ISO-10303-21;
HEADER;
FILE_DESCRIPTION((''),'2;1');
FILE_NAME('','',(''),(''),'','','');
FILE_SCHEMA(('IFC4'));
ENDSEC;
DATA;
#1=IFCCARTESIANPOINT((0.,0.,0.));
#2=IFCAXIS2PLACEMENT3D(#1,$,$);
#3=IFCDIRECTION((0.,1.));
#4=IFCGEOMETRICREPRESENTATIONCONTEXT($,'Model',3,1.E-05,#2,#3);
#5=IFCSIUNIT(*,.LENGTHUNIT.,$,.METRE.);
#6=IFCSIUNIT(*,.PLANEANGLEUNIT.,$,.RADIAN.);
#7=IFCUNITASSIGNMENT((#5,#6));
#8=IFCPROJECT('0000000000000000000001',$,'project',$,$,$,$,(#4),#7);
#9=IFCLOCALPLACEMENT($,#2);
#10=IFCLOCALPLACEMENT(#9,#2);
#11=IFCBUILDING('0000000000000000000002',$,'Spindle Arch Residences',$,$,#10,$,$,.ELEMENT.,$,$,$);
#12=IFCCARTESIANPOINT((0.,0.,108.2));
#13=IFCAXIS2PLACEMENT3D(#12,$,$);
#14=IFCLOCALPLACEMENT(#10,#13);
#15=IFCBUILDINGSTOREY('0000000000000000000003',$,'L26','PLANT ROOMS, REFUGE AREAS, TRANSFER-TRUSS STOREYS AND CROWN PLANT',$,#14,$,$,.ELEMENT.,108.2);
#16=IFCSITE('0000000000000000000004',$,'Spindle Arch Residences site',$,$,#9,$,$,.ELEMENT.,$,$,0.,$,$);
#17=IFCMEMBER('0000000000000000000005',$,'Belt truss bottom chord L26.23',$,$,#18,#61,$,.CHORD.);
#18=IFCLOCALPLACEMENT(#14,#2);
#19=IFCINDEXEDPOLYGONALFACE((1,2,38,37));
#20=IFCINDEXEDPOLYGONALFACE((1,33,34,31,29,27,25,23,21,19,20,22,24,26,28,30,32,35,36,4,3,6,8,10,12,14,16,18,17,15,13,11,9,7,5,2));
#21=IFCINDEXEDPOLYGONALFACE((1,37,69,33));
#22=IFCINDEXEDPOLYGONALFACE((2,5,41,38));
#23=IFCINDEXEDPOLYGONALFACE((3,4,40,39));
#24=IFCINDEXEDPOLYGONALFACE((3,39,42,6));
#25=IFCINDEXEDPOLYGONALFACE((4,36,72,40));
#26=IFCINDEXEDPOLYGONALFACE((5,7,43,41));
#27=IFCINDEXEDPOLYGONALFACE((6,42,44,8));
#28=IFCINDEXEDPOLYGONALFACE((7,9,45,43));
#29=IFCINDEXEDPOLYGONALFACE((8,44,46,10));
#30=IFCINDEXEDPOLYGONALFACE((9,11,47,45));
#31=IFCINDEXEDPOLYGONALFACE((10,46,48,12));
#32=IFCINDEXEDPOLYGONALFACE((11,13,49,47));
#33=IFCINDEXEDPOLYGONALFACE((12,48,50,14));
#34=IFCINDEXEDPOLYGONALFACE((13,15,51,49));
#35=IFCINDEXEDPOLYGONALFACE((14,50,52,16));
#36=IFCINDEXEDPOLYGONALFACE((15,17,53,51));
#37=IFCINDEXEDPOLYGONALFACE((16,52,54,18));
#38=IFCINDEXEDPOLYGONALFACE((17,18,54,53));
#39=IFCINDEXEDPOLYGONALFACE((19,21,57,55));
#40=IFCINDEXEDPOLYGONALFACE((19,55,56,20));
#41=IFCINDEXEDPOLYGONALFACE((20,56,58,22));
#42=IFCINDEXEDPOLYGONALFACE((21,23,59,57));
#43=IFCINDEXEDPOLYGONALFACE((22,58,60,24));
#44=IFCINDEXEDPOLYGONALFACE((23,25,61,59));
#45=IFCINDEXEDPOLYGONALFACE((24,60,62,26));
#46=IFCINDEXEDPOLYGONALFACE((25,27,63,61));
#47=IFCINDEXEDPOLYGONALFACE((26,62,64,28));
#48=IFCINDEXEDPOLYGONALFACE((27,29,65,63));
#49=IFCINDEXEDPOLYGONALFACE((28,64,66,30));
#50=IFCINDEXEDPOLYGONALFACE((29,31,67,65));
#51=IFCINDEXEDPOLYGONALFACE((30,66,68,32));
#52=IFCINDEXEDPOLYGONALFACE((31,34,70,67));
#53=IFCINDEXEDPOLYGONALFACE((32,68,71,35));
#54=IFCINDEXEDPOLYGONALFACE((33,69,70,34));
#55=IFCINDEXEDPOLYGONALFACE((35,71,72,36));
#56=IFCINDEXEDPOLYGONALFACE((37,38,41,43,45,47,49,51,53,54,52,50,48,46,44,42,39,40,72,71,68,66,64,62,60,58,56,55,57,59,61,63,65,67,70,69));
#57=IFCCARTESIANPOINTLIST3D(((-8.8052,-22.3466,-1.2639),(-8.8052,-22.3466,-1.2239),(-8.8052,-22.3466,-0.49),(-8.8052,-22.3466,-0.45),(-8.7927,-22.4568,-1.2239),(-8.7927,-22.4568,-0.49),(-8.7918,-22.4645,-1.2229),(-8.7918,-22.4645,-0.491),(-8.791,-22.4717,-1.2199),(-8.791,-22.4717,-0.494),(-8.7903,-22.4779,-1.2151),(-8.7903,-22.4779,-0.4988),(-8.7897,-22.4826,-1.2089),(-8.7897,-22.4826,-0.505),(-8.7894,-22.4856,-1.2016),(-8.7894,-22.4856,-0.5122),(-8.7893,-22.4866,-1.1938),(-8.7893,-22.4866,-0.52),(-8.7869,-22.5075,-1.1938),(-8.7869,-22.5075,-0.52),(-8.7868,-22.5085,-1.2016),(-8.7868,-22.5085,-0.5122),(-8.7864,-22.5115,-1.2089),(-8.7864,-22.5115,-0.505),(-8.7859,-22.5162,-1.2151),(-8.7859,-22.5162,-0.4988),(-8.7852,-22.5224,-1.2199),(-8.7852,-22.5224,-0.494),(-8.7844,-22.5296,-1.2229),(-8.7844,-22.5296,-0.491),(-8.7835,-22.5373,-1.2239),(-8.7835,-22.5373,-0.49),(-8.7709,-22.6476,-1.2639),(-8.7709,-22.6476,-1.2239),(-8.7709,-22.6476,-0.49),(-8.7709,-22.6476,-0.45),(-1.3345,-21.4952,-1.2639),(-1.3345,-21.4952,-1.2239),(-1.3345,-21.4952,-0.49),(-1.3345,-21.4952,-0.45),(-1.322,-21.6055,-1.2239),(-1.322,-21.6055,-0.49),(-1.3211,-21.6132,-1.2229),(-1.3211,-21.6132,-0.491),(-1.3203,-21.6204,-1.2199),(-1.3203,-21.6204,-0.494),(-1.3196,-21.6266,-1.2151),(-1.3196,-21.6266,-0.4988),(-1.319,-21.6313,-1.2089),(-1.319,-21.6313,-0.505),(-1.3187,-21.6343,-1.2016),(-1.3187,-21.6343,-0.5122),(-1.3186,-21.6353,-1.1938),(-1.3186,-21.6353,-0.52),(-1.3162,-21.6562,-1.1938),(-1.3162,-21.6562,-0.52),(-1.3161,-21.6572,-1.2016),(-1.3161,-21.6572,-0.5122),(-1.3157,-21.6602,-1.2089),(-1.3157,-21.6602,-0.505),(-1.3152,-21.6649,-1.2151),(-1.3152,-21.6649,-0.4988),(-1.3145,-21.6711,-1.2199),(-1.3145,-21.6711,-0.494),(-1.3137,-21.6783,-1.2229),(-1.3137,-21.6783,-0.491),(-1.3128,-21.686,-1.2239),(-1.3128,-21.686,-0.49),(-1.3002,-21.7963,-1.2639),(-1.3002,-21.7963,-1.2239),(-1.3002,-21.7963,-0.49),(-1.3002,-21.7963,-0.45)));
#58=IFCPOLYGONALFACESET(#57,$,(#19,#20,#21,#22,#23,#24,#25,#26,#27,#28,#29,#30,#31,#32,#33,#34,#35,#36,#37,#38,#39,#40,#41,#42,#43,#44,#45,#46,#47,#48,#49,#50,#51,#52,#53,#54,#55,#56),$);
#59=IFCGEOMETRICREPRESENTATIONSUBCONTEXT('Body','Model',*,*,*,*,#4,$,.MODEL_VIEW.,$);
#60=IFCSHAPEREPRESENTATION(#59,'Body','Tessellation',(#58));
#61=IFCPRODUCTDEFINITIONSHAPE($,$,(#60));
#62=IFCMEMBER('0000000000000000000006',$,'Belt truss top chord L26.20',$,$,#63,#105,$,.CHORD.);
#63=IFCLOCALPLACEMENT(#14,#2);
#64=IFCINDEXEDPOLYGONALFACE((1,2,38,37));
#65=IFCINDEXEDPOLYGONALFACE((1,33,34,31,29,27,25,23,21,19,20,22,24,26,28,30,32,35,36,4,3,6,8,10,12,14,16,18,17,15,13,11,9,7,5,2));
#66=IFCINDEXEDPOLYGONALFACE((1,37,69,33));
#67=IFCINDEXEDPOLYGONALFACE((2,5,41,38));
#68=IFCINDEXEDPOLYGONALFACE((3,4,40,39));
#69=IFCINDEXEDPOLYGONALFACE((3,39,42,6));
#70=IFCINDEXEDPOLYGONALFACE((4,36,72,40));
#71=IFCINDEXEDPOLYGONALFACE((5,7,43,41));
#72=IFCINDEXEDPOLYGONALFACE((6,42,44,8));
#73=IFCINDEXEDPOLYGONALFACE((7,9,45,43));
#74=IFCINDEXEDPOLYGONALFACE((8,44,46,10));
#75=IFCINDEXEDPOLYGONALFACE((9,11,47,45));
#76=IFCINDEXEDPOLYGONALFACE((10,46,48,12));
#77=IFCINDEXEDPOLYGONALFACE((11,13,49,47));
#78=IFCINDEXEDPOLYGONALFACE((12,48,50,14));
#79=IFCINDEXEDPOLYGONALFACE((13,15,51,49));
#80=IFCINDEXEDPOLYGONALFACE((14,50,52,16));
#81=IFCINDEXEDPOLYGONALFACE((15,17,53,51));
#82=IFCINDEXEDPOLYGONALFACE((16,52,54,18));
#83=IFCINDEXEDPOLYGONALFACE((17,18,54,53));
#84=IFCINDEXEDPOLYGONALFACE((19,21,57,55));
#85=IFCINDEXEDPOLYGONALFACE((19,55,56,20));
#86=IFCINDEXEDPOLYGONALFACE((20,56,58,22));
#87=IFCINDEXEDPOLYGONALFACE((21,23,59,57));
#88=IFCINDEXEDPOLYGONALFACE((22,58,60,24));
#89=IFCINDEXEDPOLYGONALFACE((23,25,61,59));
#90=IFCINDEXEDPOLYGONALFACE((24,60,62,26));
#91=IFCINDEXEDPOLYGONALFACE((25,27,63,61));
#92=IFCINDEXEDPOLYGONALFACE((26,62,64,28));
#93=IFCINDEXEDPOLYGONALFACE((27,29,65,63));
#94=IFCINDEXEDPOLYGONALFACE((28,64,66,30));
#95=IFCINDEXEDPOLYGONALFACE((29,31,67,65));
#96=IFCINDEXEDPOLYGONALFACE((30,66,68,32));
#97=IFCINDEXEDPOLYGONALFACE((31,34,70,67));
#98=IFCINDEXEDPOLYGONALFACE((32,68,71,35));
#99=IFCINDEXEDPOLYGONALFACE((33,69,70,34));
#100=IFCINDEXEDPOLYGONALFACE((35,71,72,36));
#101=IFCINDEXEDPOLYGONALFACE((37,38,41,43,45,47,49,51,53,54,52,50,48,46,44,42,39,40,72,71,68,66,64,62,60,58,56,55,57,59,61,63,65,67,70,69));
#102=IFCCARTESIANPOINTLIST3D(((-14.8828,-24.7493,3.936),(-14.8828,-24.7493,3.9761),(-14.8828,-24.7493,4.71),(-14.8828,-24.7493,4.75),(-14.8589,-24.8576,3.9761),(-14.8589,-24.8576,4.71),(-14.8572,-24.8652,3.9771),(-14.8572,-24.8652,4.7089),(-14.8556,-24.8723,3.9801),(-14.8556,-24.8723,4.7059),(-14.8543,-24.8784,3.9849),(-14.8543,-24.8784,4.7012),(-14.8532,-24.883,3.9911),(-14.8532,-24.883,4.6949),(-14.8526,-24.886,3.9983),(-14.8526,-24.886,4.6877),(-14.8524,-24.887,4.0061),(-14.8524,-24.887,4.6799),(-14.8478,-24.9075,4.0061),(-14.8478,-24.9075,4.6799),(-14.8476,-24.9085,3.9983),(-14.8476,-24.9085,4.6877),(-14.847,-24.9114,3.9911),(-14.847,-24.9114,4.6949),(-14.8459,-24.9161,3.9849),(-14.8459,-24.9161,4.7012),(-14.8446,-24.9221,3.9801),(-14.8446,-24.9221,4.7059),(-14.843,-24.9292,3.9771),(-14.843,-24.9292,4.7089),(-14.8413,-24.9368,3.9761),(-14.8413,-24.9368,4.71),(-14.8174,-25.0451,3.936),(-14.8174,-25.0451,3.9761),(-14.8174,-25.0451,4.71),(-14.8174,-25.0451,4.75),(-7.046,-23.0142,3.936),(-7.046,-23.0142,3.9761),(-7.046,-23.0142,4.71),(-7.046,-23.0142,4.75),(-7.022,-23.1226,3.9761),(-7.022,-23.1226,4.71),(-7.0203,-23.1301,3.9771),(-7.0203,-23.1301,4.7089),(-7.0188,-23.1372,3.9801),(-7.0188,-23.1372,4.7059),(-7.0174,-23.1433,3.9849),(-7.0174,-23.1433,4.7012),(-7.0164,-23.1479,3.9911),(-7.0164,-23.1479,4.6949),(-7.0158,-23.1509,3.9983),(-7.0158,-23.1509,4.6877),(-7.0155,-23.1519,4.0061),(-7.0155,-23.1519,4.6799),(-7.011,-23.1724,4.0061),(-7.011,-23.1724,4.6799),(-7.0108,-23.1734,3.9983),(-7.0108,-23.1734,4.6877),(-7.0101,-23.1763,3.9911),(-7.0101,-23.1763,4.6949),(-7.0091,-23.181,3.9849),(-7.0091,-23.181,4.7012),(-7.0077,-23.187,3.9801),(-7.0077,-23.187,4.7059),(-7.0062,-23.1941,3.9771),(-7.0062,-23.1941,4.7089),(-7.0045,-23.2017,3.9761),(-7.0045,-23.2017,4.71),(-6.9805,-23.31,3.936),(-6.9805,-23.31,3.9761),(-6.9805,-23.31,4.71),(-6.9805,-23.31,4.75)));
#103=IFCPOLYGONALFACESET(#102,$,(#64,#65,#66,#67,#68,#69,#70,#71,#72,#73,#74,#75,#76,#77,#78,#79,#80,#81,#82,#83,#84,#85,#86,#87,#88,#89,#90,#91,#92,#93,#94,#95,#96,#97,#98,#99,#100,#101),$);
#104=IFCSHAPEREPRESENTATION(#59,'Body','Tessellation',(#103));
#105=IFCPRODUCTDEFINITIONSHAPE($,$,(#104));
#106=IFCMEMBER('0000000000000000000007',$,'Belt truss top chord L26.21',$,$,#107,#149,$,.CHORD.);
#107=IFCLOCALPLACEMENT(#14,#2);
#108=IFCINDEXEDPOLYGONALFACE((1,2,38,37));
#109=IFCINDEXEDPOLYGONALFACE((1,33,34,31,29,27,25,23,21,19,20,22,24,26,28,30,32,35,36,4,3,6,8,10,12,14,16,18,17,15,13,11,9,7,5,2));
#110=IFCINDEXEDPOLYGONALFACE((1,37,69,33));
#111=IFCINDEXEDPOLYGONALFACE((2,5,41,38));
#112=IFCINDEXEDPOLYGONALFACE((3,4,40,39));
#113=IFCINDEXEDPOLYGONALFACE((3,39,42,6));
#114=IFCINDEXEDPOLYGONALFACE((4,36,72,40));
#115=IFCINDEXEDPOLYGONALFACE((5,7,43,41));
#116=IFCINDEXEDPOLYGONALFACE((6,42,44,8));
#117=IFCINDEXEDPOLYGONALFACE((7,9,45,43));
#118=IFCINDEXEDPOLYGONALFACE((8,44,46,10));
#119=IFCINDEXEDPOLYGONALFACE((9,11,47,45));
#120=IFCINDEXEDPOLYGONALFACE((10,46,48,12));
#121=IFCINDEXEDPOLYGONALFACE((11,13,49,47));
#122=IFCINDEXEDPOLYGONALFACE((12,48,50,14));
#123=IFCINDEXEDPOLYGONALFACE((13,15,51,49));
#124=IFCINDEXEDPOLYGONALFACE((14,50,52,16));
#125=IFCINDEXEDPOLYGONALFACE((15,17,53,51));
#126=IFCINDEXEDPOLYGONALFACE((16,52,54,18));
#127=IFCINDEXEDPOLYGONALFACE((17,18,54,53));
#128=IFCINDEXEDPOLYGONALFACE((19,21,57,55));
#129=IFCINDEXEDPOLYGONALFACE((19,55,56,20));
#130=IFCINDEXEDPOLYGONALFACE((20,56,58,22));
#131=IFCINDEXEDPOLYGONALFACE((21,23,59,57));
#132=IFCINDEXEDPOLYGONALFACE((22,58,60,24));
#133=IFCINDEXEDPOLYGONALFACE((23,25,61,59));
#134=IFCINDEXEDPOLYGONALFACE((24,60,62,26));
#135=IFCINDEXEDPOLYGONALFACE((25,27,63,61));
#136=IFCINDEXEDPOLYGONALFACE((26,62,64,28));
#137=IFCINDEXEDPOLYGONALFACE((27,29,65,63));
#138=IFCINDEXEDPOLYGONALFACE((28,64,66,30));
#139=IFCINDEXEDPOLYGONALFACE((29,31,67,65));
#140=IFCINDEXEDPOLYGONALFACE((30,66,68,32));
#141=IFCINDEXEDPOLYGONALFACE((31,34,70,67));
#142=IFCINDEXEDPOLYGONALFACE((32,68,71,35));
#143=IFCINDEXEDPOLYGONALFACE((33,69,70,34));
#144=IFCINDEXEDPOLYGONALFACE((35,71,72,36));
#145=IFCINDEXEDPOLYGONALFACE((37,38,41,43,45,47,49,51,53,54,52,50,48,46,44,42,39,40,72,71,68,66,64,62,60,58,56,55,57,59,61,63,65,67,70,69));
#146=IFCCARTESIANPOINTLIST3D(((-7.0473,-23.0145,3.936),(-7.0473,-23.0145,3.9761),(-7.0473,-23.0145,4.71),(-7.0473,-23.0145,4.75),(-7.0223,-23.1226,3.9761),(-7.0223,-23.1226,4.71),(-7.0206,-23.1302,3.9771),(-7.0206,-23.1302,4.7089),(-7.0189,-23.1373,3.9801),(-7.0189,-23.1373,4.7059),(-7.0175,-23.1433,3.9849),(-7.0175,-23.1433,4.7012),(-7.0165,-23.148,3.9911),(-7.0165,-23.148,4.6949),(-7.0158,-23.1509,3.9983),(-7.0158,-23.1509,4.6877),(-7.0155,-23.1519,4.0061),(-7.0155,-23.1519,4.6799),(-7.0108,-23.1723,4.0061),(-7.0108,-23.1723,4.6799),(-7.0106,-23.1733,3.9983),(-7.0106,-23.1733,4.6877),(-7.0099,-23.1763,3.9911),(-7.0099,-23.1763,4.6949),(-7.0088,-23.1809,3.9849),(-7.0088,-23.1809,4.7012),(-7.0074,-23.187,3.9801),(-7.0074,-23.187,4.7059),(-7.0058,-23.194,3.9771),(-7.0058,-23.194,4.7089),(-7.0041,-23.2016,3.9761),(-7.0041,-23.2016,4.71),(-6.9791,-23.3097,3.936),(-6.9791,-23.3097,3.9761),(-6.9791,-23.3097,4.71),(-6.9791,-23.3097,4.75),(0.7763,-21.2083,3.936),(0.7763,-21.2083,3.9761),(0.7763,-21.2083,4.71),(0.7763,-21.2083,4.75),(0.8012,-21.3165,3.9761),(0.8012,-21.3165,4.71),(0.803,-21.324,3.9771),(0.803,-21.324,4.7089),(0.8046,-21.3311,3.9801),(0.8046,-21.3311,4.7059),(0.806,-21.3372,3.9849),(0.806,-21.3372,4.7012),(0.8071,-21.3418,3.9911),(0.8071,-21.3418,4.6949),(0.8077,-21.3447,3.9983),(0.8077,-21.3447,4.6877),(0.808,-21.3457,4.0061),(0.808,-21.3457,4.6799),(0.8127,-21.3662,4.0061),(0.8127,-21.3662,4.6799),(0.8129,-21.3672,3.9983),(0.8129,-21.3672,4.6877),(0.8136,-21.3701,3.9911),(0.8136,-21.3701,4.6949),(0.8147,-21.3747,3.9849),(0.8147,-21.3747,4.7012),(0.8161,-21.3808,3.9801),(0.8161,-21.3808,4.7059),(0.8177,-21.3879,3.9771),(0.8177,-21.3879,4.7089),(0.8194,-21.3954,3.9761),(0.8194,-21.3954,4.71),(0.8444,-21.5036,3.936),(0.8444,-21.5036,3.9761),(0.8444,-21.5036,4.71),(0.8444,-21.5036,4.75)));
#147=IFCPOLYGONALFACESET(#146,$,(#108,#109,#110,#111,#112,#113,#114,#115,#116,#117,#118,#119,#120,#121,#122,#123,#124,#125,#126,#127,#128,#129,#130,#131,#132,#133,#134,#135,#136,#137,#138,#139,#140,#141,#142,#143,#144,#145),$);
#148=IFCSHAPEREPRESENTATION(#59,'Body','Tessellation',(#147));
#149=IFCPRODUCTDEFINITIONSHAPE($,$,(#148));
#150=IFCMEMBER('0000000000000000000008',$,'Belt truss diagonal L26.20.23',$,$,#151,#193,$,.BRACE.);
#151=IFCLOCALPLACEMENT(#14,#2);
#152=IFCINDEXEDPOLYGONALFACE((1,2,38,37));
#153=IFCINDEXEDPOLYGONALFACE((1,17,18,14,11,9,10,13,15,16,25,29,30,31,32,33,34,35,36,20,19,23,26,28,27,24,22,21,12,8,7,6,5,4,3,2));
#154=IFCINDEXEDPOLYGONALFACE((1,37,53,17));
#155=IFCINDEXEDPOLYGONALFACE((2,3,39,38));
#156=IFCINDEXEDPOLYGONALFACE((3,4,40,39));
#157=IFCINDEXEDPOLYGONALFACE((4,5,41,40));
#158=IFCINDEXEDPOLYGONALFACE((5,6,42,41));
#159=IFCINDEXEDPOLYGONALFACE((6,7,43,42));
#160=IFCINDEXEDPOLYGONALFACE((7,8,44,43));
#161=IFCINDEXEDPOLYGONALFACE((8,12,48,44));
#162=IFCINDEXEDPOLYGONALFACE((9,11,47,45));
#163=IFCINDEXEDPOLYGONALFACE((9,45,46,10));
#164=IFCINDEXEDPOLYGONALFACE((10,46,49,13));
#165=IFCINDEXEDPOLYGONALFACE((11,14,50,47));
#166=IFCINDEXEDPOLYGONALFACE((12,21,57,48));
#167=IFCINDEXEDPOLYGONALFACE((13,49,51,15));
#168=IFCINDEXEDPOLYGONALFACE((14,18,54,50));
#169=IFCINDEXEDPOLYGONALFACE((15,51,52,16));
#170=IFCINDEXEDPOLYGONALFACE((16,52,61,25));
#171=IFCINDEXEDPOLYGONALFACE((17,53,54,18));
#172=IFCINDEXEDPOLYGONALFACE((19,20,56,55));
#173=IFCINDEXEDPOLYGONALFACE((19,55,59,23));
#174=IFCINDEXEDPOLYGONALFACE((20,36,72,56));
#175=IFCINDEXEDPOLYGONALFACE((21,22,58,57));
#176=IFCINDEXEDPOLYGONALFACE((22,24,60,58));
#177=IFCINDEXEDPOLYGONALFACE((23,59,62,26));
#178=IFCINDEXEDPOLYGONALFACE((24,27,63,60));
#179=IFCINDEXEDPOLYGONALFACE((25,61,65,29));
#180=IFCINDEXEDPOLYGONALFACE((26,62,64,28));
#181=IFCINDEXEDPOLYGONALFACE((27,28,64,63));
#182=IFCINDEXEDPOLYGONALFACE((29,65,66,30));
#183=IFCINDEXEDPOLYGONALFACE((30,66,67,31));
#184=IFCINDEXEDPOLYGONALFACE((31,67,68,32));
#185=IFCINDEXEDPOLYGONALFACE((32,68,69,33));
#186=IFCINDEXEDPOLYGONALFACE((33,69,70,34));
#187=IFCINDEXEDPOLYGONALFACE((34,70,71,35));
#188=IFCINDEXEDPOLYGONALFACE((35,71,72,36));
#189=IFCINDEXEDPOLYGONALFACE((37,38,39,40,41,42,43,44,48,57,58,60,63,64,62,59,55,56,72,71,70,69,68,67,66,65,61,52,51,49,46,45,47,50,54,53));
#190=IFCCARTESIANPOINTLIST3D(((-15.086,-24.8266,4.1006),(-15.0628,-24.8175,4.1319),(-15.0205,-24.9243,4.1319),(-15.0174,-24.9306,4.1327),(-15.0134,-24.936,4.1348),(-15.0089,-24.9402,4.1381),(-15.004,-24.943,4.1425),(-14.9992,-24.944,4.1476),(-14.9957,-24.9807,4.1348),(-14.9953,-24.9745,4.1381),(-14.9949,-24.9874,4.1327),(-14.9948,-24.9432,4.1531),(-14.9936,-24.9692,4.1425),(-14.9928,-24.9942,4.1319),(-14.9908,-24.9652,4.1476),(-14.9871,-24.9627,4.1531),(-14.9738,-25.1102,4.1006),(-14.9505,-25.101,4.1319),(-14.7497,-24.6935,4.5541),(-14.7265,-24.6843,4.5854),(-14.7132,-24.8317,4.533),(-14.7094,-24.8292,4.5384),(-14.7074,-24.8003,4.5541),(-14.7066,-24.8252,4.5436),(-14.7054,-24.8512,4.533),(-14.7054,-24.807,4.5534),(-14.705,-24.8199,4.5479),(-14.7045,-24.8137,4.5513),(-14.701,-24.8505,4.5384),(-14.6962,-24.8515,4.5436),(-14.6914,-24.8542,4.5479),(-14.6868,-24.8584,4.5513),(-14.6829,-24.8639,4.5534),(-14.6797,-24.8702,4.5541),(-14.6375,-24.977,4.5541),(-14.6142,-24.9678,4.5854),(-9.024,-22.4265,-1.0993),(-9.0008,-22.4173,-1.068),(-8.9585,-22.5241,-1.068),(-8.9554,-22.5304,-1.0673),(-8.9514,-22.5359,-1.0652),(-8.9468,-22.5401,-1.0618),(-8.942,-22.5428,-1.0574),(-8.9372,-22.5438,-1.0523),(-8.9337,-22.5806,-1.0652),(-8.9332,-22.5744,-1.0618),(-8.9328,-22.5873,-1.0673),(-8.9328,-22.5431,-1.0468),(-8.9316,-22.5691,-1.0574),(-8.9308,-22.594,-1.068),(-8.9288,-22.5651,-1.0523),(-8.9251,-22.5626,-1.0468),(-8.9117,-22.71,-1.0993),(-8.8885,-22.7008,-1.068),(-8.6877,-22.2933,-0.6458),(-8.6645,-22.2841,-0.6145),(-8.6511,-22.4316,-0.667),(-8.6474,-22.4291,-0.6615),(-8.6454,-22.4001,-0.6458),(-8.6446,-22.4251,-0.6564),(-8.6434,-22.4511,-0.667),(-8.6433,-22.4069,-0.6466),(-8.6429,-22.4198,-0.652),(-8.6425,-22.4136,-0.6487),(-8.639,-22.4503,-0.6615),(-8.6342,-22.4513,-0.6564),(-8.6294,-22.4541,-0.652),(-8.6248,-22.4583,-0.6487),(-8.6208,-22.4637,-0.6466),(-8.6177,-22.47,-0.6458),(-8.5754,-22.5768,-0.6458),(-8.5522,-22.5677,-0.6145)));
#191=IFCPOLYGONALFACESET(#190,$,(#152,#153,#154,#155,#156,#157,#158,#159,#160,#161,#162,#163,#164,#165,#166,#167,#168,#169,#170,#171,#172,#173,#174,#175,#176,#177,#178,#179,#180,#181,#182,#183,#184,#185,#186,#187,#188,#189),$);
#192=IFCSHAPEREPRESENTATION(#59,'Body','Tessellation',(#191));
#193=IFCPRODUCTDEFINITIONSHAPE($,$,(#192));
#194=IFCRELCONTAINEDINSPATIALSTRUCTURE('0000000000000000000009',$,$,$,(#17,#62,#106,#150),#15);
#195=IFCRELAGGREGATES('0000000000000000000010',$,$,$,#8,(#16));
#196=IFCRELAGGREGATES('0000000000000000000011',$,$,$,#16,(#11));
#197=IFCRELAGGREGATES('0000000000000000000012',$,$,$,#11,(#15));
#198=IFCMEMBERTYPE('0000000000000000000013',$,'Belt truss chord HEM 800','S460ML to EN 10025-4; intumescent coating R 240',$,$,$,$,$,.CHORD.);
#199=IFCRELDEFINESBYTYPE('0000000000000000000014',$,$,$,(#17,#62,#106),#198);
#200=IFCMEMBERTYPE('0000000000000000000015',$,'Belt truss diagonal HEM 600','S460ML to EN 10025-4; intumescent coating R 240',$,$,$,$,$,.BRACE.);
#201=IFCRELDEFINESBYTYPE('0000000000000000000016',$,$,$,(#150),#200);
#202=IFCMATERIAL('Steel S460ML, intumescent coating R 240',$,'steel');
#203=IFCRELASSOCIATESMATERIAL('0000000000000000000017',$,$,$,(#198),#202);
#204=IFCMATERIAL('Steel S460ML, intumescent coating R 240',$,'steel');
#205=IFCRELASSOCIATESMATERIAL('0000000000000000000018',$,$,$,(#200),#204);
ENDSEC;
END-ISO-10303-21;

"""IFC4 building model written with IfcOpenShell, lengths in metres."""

from ifc_helpers import new_model, si_unit, direction, frame, origin, origin_2d, place, context, subcontext, project, spatial, i_section, extrude, material, material_profile, profile_set, type_object, element, save


model = new_model("IFC4")

# Units and contexts
model_context = context("Model", 3, precision=1e-05, world=origin(), true_north=direction((0.0, 1.0)))
body_context = subcontext(model_context, "Body", "Model", "MODEL_VIEW")
ifc_project = project(units=[si_unit("LENGTHUNIT", "METRE"), si_unit("PLANEANGLEUNIT", "RADIAN")], contexts=[model_context])

# Site, building, storey
site_placement = place(None, origin())
site = spatial("IfcSite", under=ifc_project, at=site_placement, Name="Spindle Arch Residences site", CompositionType="ELEMENT", RefElevation=0.0)
building_placement = place(site_placement, origin())
building = spatial("IfcBuilding", under=site, at=building_placement, Name="Spindle Arch Residences", CompositionType="ELEMENT")
storey_placement = place(building_placement, frame((0.0, 0.0, 108.2)))
storey = spatial("IfcBuildingStorey", under=building, at=storey_placement, Name="L26", Description="PLANT ROOMS, REFUGE AREAS, TRANSFER-TRUSS STOREYS AND CROWN PLANT", CompositionType="ELEMENT", Elevation=108.2)

# Members
ifc_material_1 = material(Name="Steel S460ML, intumescent coating R 240", Category="steel")
ifc_material_profile_1 = material_profile(ifc_material_1, i_section(OverallWidth=0.303, OverallDepth=0.814, WebThickness=0.021, FlangeThickness=0.04, FilletRadius=0.03, at=origin_2d()), Name="HEM 800")
ifc_profile_set_1 = profile_set([ifc_material_profile_1], Name="Steel S460ML, intumescent coating R 240")
member_type_1 = type_object("IfcMemberType", Name="Belt truss chord HEM 800", Description="S460ML to EN 10025-4; intumescent coating R 240", PredefinedType="CHORD", material=ifc_profile_set_1)
member_1_placement = place(storey_placement, frame((-8.7881, -22.4971, -0.8569), z_axis=(0.99357, 0.113221, 0.0), x_axis=(-0.113221, 0.99357, 0.0)))
element("IfcMember", 1, at=member_1_placement, inside=storey, type_object=member_type_1, Name="Belt truss bottom chord L26.23", PredefinedType="CHORD", context=body_context, shape_type="SweptSolid", body=[
    extrude(i_section(OverallWidth=0.303, OverallDepth=0.814, WebThickness=0.021, FlangeThickness=0.04, FilletRadius=0.03, at=origin_2d()), origin(), (0.0, 0.0, 1.0), 7.519),
])
member_2_placement = place(storey_placement, frame((-14.8501, -24.8972, 4.343), z_axis=(0.976356, 0.216167, 0.0), x_axis=(-0.216167, 0.976356, 0.0)))
element("IfcMember", 2, at=member_2_placement, inside=storey, type_object=member_type_1, Name="Belt truss top chord L26.20", PredefinedType="CHORD", context=body_context, shape_type="SweptSolid", body=[
    extrude(i_section(OverallWidth=0.303, OverallDepth=0.814, WebThickness=0.021, FlangeThickness=0.04, FilletRadius=0.03, at=origin_2d()), origin(), (0.0, 0.0, 1.0), 8.0266),
])
member_3_placement = place(storey_placement, frame((-7.0132, -23.1621, 4.343), z_axis=(0.974371, 0.224946, 0.0), x_axis=(-0.224946, 0.974371, 0.0)))
element("IfcMember", 3, at=member_3_placement, inside=storey, type_object=member_type_1, Name="Belt truss top chord L26.21", PredefinedType="CHORD", context=body_context, shape_type="SweptSolid", body=[
    extrude(i_section(OverallWidth=0.303, OverallDepth=0.814, WebThickness=0.021, FlangeThickness=0.04, FilletRadius=0.03, at=origin_2d()), origin(), (0.0, 0.0, 1.0), 8.0293),
])
ifc_material_2 = material(Name="Steel S460ML, intumescent coating R 240", Category="steel")
ifc_material_profile_2 = material_profile(ifc_material_2, i_section(OverallWidth=0.3049, OverallDepth=0.6201, WebThickness=0.021, FlangeThickness=0.04, FilletRadius=0.0271, at=origin_2d()), Name="HEM 600")
ifc_profile_set_2 = profile_set([ifc_material_profile_2], Name="Steel S460ML, intumescent coating R 240")
member_type_2 = type_object("IfcMemberType", Name="Belt truss diagonal HEM 600", Description="S460ML to EN 10025-4; intumescent coating R 240", PredefinedType="BRACE", material=ifc_profile_set_2)
member_4_placement = place(storey_placement, frame((-8.7881, -22.4971, -0.8569), z_axis=(-0.726899, -0.287803, 0.623529), x_axis=(0.368128, -0.929775, 0.0)))
element("IfcMember", 4, at=member_4_placement, inside=storey, type_object=member_type_2, Name="Belt truss diagonal L26.20.23", PredefinedType="BRACE", context=body_context, shape_type="SweptSolid", body=[
    extrude(i_section(OverallWidth=0.3049, OverallDepth=0.6201, WebThickness=0.021, FlangeThickness=0.04, FilletRadius=0.0271, at=origin_2d()), origin(), (0.0, 0.0, 1.0), 8.3396),
])

save(model, "model.ifc")
